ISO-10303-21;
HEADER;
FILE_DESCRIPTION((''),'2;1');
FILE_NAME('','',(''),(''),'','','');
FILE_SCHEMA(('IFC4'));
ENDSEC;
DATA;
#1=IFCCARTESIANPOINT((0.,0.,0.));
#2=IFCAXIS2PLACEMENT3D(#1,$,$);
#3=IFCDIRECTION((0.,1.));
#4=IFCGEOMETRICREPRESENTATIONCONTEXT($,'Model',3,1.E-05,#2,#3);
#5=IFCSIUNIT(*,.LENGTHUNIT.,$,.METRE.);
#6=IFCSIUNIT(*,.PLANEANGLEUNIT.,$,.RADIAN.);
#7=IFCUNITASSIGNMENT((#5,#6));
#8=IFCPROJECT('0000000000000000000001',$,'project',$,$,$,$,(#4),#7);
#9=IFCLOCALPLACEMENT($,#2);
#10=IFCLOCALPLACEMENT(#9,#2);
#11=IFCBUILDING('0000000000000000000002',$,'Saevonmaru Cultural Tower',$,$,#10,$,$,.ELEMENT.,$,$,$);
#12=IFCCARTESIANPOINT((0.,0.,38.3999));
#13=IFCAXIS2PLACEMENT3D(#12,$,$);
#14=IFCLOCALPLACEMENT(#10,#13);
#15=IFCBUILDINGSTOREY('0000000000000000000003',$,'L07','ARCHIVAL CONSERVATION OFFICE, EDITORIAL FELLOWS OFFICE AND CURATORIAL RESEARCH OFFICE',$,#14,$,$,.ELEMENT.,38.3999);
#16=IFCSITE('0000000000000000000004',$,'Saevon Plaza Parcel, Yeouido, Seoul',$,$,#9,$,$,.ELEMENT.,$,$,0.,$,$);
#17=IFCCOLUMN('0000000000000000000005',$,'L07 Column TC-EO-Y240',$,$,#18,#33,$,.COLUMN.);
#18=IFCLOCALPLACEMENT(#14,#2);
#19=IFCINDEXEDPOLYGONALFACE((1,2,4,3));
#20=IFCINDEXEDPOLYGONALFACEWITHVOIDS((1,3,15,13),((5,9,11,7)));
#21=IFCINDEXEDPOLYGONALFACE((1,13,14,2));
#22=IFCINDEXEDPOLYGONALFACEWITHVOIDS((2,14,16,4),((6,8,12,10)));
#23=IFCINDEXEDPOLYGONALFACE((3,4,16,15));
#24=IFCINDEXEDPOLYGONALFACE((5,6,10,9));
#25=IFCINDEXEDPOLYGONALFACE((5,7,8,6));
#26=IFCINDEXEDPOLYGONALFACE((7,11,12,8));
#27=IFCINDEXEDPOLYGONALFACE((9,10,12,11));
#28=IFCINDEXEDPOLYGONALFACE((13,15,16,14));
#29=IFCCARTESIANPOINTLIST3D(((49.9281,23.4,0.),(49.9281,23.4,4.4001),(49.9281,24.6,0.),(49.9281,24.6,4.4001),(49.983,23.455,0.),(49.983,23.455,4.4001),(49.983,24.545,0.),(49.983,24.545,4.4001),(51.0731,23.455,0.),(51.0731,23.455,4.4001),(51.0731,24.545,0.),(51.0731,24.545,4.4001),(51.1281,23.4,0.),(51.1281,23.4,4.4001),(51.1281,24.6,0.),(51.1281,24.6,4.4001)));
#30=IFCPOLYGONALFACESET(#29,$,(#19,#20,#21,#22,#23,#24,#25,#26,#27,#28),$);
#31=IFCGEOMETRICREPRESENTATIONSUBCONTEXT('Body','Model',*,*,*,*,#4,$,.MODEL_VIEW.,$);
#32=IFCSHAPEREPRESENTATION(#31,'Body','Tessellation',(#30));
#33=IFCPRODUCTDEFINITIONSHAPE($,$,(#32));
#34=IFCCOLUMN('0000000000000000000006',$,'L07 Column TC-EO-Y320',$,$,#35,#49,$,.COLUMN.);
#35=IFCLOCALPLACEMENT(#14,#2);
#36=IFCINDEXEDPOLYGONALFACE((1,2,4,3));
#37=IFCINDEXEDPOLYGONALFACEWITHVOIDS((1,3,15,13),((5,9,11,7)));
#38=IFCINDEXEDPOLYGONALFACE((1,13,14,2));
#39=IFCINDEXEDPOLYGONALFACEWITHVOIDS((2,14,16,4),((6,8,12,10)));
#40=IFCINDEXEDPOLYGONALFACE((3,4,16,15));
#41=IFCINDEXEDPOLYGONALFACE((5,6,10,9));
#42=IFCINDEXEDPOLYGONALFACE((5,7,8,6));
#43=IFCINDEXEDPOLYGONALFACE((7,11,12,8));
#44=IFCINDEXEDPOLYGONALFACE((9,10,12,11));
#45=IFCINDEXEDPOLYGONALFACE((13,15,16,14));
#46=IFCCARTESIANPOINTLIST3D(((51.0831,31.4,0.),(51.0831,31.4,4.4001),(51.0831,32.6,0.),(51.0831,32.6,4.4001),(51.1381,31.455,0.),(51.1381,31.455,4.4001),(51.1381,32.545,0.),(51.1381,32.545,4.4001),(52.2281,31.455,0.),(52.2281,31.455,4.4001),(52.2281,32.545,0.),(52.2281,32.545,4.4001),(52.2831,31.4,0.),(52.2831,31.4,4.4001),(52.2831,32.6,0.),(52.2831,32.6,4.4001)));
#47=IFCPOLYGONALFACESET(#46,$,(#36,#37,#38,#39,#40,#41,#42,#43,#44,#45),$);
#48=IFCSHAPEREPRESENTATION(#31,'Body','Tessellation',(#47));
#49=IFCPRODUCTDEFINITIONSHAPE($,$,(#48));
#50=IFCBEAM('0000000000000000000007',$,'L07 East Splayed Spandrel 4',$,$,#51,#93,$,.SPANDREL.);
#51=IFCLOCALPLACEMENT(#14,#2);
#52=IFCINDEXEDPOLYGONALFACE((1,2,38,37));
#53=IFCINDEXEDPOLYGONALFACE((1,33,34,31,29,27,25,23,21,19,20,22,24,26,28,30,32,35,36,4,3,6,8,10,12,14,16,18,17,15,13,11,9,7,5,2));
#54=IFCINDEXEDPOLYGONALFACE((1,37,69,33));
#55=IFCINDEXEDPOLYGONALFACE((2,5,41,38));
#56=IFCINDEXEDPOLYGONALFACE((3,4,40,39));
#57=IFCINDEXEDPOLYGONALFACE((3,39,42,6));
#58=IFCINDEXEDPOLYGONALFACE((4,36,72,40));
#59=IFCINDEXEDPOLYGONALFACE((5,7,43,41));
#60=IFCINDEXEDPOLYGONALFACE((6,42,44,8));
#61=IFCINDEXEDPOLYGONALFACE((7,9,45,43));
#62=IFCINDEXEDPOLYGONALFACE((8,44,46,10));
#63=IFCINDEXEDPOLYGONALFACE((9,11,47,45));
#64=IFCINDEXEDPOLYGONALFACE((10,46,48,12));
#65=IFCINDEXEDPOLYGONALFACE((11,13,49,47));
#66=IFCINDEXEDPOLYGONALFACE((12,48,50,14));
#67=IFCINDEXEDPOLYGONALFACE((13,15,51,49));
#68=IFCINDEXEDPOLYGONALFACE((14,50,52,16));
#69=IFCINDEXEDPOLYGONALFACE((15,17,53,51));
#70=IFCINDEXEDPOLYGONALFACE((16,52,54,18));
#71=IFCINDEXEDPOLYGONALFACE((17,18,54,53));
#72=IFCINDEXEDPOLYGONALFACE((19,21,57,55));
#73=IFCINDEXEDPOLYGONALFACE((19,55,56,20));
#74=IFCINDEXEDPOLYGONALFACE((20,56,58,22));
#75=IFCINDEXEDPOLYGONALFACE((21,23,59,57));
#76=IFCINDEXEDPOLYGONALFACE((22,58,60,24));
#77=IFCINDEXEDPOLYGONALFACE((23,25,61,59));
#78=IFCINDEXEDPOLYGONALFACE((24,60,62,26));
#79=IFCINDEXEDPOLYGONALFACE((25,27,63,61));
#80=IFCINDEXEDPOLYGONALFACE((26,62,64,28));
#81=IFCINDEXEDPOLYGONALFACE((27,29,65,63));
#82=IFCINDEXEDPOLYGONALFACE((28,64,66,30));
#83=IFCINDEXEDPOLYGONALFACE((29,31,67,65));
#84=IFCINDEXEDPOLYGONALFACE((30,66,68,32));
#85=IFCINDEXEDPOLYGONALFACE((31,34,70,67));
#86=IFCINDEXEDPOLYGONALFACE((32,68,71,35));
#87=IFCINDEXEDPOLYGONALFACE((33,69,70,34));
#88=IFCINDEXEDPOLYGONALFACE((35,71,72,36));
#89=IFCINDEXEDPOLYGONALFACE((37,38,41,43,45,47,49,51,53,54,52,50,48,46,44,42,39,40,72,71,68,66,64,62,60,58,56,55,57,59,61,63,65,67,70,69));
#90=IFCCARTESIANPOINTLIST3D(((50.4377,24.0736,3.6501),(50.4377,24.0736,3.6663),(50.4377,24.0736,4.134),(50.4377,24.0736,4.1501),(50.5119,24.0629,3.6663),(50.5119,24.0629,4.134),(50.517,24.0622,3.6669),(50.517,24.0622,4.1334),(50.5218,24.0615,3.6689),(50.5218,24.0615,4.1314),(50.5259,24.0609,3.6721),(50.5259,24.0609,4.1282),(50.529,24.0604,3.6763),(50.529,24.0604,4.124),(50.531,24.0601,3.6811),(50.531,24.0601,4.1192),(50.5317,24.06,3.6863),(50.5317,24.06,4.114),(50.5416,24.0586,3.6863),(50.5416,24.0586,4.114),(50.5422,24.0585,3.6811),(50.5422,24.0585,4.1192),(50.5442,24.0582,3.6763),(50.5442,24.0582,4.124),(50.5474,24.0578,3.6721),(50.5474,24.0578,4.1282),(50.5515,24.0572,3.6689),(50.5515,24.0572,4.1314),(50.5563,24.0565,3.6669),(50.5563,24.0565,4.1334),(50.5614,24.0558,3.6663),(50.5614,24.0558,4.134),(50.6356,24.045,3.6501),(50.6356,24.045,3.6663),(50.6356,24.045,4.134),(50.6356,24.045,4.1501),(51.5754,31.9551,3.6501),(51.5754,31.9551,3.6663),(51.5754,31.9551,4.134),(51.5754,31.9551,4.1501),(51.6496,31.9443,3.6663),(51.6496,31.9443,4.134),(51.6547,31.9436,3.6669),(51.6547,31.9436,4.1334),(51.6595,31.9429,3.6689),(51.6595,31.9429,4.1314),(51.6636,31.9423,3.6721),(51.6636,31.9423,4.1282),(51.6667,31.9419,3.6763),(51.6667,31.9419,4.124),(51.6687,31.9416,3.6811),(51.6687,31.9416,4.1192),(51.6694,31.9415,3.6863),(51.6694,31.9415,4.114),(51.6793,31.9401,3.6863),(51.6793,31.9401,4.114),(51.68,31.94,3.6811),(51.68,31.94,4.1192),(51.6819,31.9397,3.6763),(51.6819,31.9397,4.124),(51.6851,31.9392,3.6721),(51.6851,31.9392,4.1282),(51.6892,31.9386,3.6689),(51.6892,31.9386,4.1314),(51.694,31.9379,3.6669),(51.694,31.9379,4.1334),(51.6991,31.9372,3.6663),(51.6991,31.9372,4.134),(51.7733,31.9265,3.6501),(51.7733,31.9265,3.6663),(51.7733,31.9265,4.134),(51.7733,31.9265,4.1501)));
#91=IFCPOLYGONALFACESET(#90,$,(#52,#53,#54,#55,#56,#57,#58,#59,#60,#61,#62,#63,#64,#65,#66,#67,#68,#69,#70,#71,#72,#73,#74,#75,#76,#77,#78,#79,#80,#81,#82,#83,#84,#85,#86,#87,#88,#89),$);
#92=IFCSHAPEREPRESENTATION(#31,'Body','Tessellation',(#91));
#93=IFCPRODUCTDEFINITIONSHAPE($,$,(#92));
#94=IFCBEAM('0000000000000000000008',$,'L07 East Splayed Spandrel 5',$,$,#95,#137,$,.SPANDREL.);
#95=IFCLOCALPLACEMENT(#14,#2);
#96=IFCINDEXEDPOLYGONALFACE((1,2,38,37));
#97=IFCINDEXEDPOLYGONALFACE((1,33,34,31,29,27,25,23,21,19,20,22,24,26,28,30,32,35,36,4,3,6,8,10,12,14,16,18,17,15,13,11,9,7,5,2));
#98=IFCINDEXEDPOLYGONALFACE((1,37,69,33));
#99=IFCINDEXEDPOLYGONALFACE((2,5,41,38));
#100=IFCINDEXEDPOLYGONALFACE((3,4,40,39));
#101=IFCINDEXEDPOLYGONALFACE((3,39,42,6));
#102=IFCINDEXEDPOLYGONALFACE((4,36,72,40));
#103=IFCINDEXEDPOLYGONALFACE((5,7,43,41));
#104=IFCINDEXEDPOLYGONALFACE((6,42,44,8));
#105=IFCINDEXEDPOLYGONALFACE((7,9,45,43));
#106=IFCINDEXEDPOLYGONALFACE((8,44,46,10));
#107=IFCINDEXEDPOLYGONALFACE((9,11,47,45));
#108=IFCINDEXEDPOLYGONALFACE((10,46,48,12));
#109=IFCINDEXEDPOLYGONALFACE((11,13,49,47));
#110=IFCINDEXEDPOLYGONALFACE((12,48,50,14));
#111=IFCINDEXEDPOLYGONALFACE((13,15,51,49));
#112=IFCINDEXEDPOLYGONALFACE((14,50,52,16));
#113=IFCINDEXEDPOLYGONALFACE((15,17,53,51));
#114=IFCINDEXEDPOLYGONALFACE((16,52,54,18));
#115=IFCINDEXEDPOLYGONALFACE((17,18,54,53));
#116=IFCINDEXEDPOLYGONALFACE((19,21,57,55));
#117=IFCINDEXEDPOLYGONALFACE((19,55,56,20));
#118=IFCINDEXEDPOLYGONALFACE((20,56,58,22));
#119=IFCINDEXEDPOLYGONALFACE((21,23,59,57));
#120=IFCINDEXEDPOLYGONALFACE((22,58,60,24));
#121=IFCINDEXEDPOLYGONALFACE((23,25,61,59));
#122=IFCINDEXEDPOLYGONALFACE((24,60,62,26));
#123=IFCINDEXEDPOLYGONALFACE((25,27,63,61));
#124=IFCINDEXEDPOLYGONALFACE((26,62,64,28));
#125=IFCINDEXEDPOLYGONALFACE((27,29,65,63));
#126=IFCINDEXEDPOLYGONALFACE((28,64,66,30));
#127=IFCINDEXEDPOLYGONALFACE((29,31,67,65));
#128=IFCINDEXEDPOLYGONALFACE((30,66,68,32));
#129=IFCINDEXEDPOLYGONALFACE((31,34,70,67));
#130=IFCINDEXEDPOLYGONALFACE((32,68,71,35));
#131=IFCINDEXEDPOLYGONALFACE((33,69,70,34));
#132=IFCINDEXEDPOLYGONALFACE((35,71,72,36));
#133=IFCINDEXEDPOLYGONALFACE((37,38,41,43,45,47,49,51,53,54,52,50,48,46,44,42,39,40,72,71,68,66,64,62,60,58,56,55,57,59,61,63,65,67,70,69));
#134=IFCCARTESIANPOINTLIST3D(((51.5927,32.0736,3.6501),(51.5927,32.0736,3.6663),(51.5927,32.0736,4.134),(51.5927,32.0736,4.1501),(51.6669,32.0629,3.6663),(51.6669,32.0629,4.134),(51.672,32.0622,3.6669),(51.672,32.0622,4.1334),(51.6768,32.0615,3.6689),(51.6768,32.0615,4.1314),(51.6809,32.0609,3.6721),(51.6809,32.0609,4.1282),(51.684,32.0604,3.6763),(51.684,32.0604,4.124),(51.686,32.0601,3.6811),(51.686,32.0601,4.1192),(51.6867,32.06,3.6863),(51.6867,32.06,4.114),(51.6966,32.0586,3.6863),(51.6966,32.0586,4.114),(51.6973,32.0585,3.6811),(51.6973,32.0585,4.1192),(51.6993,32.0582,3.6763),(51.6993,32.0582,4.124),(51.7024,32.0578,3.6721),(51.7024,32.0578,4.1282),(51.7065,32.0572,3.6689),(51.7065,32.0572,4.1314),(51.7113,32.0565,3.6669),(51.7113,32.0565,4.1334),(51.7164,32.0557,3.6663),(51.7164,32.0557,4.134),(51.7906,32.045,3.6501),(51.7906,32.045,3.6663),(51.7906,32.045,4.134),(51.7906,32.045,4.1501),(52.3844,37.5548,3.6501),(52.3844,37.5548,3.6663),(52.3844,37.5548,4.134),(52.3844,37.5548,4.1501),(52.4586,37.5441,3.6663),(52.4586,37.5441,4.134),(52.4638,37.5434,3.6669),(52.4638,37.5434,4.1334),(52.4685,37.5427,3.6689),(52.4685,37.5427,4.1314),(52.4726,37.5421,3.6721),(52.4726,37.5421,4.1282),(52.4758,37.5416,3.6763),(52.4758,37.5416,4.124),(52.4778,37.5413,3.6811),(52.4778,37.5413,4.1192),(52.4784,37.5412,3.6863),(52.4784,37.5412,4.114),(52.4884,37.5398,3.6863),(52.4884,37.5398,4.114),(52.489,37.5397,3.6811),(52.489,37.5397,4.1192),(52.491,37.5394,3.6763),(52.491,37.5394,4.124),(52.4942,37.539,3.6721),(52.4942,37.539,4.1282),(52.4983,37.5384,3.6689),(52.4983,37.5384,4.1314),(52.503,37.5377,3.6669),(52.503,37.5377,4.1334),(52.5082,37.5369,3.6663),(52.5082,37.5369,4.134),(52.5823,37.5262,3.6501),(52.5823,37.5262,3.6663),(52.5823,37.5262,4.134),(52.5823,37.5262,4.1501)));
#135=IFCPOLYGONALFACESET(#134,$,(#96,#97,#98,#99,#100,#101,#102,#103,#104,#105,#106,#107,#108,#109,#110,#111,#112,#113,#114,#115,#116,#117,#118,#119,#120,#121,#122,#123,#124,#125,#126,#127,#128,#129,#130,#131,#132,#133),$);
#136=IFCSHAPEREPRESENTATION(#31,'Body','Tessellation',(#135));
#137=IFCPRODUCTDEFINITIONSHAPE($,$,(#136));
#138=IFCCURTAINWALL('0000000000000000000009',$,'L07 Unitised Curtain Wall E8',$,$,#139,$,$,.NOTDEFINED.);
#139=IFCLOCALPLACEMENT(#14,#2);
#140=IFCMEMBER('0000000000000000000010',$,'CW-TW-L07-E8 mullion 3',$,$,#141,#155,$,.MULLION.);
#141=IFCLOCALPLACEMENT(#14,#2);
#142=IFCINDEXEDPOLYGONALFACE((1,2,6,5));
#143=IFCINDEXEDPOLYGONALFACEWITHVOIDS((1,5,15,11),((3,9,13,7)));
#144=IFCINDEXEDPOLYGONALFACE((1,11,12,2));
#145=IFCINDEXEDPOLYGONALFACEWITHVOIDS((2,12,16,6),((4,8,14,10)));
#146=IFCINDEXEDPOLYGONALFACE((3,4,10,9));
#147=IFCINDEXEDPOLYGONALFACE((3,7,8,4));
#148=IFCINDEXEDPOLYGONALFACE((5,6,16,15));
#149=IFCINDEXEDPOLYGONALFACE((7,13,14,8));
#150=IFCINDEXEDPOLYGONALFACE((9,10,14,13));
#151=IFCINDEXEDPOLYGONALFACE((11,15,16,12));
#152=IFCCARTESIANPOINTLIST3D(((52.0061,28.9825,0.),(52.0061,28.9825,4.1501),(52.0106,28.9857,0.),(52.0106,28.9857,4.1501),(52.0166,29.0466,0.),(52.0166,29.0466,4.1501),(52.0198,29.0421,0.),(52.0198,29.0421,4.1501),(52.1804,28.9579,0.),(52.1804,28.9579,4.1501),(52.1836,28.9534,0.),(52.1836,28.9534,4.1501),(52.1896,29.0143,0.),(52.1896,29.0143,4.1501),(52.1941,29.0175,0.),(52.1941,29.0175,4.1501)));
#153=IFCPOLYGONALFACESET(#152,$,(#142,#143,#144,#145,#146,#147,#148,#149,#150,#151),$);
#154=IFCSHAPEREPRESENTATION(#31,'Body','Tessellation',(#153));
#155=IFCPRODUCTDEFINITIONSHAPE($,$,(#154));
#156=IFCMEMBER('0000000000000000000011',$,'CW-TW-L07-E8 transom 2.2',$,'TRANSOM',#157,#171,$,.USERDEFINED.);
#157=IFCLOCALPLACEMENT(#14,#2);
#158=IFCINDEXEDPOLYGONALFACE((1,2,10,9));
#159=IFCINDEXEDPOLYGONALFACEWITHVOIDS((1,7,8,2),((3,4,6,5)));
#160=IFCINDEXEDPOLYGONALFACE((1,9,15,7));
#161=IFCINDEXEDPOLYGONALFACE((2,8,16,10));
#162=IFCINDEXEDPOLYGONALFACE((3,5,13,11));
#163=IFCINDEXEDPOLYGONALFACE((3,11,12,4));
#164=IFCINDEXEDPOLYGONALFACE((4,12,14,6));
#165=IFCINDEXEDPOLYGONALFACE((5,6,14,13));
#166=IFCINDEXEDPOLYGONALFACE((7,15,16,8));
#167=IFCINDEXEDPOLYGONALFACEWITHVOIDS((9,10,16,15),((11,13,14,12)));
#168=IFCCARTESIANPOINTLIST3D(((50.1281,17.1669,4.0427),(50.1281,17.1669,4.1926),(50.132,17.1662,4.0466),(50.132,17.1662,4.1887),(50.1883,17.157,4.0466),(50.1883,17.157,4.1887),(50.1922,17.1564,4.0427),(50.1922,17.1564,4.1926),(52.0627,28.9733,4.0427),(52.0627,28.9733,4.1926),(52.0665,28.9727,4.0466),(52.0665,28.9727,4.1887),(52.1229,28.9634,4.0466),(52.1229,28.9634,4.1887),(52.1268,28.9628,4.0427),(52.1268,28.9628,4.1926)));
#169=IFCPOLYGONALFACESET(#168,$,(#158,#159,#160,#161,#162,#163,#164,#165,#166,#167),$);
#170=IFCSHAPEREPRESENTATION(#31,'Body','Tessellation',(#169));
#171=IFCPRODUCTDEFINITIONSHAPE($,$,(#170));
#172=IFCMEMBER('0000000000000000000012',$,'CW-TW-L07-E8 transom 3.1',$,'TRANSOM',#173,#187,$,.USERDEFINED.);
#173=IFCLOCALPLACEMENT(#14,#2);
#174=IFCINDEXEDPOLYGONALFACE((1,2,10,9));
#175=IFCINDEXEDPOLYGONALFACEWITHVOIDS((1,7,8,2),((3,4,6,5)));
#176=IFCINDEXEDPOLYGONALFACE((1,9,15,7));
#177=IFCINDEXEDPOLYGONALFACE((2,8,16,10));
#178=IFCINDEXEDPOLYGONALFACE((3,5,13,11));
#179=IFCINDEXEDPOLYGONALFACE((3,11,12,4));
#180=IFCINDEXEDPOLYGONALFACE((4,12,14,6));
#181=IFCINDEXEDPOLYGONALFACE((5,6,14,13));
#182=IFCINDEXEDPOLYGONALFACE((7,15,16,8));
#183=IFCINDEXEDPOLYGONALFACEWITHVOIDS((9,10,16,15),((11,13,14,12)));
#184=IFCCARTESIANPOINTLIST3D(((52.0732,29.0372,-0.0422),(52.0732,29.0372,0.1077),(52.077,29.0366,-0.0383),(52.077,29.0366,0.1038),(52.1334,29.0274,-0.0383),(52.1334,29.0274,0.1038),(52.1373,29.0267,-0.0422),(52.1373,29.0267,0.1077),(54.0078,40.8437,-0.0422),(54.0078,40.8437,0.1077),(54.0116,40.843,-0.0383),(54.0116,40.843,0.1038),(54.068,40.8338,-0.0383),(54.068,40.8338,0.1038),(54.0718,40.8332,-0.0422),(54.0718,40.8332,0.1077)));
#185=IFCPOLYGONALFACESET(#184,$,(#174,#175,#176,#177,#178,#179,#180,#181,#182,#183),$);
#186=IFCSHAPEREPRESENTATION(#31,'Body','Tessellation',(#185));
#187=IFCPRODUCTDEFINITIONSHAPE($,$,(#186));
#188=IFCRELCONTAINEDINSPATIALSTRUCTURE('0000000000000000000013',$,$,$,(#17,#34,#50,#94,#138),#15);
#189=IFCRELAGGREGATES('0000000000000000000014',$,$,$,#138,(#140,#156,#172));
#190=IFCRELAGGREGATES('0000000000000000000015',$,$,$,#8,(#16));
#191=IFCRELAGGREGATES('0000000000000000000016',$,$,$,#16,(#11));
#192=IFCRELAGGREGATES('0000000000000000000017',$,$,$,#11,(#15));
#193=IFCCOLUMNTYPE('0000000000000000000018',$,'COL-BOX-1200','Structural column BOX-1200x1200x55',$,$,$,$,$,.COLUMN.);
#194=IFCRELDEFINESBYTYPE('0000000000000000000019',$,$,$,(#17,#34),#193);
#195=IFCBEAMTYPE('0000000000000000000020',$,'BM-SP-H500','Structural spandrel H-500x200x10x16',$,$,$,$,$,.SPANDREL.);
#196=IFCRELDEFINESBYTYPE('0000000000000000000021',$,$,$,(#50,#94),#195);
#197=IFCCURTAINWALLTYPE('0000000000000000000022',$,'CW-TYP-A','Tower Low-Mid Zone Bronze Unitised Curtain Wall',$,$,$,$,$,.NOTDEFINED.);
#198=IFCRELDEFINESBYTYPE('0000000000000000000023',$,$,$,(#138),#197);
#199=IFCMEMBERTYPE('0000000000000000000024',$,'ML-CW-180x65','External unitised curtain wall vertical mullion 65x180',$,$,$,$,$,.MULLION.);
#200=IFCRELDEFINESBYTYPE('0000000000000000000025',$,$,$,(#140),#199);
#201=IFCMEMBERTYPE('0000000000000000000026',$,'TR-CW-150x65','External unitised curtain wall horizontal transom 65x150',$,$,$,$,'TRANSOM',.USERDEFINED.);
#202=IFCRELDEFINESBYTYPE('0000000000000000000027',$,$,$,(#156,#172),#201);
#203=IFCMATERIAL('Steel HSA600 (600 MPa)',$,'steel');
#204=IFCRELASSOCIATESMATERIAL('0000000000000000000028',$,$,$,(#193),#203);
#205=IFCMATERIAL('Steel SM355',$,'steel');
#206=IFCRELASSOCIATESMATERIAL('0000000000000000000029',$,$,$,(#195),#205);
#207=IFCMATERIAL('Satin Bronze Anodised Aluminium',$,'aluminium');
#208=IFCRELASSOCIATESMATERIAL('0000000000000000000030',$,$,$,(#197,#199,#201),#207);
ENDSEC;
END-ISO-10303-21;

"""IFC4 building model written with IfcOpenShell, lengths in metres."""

from ifc_helpers import new_model, si_unit, direction, frame, origin, origin_2d, place, context, subcontext, project, spatial, hollow_rectangle, i_section, extrude, material, material_profile, profile_set, type_object, element, aggregate, save


model = new_model("IFC4")

# Units and contexts
model_context = context("Model", 3, precision=1e-05, world=origin(), true_north=direction((0.0, 1.0)))
body_context = subcontext(model_context, "Body", "Model", "MODEL_VIEW")
ifc_project = project(units=[si_unit("LENGTHUNIT", "METRE"), si_unit("PLANEANGLEUNIT", "RADIAN")], contexts=[model_context])

# Site, building, storey
site_placement = place(None, origin())
site = spatial("IfcSite", under=ifc_project, at=site_placement, Name="Saevon Plaza Parcel, Yeouido, Seoul", CompositionType="ELEMENT", RefElevation=0.0)
building_placement = place(site_placement, origin())
building = spatial("IfcBuilding", under=site, at=building_placement, Name="Saevonmaru Cultural Tower", CompositionType="ELEMENT")
storey_placement = place(building_placement, frame((0.0, 0.0, 38.3999)))
storey = spatial("IfcBuildingStorey", under=building, at=storey_placement, Name="L07", Description="ARCHIVAL CONSERVATION OFFICE, EDITORIAL FELLOWS OFFICE AND CURATORIAL RESEARCH OFFICE", CompositionType="ELEMENT", Elevation=38.3999)

# Columns
ifc_material_1 = material(Name="Steel HSA600 (600 MPa)", Category="steel")
ifc_material_profile_1 = material_profile(ifc_material_1, hollow_rectangle(XDim=1.2, YDim=1.2, WallThickness=0.0549, at=origin_2d()), Name="BOX-1200x1200x55")
ifc_profile_set_1 = profile_set([ifc_material_profile_1], Name="Steel HSA600 (600 MPa)")
column_type = type_object("IfcColumnType", Name="COL-BOX-1200", Description="Structural column BOX-1200x1200x55", PredefinedType="COLUMN", material=ifc_profile_set_1)
for number, where, z_axis, x_axis, name in (
    (1, (50.5281, 24.0, 0.0), (0.0, 0.0, 1.0), (1.0, 0.0, 0.0), "L07 Column TC-EO-Y240"),
    (2, (51.6831, 32.0, 0.0), (0.0, 0.0, 1.0), (1.0, 0.0, 0.0), "L07 Column TC-EO-Y320"),
):
    element("IfcColumn", number, at=place(storey_placement, frame(where, z_axis=z_axis, x_axis=x_axis)), inside=storey, type_object=column_type, Name=name, PredefinedType="COLUMN", context=body_context, shape_type="SweptSolid", body=[
        extrude(hollow_rectangle(XDim=1.2, YDim=1.2, WallThickness=0.0549, at=origin_2d()), origin(), (0.0, 0.0, 1.0), 4.4001),
    ])

# Beams
ifc_material_2 = material(Name="Steel SM355", Category="steel")
ifc_material_profile_2 = material_profile(ifc_material_2, i_section(OverallWidth=0.2, OverallDepth=0.5, WebThickness=0.01, FlangeThickness=0.0161, FilletRadius=0.02, at=origin_2d()), Name="H-500x200x10x16")
ifc_profile_set_2 = profile_set([ifc_material_profile_2], Name="Steel SM355")
beam_type = type_object("IfcBeamType", Name="BM-SP-H500", Description="Structural spandrel H-500x200x10x16", PredefinedType="SPANDREL", material=ifc_profile_set_2)
beam_1_placement = place(storey_placement, frame((50.5366, 24.0593, 3.9001), z_axis=(0.142872, 0.989741, 0.0), x_axis=(-0.989741, 0.142872, 0.0)))
element("IfcBeam", 3, at=beam_1_placement, inside=storey, type_object=beam_type, Name="L07 East Splayed Spandrel 4", PredefinedType="SPANDREL", context=body_context, shape_type="SweptSolid", body=[
    extrude(i_section(OverallWidth=0.2, OverallDepth=0.5, WebThickness=0.01, FlangeThickness=0.0161, FilletRadius=0.02, at=origin_2d()), origin(), (0.0, 0.0, 1.0), 7.9631),
])
beam_2_placement = place(storey_placement, frame((51.6917, 32.0593, 3.9001), z_axis=(0.142964, 0.989728, 0.0), x_axis=(-0.989728, 0.142964, 0.0)))
element("IfcBeam", 4, at=beam_2_placement, inside=storey, type_object=beam_type, Name="L07 East Splayed Spandrel 5", PredefinedType="SPANDREL", context=body_context, shape_type="SweptSolid", body=[
    extrude(i_section(OverallWidth=0.2, OverallDepth=0.5, WebThickness=0.01, FlangeThickness=0.0161, FilletRadius=0.02, at=origin_2d()), origin(), (0.0, 0.0, 1.0), 5.5381),
])

# Curtain wall, members
ifc_material_3 = material(Name="Satin Bronze Anodised Aluminium", Category="aluminium")
curtain_wall_type = type_object("IfcCurtainWallType", Name="CW-TYP-A", Description="Tower Low-Mid Zone Bronze Unitised Curtain Wall", PredefinedType="NOTDEFINED", material=ifc_material_3)
curtain_wall_placement = place(storey_placement, origin())
curtain_wall = element("IfcCurtainWall", 5, at=curtain_wall_placement, inside=storey, type_object=curtain_wall_type, Name="L07 Unitised Curtain Wall E8", PredefinedType="NOTDEFINED")
ifc_material_profile_3 = material_profile(ifc_material_3, hollow_rectangle(XDim=0.0649, YDim=0.1799, WallThickness=0.0039, at=origin_2d()), Name="ALU-MULL-180x65x4")
ifc_profile_set_3 = profile_set([ifc_material_profile_3], Name="Satin Bronze Anodised Aluminium")
member_type_1 = type_object("IfcMemberType", Name="ML-CW-180x65", Description="External unitised curtain wall vertical mullion 65x180", PredefinedType="MULLION", material=ifc_profile_set_3)
member_1_placement = place(storey_placement, frame((52.1001, 29.0, 0.0), z_axis=(0.0, 0.0, 1.0), x_axis=(0.161709, 0.986839, 0.0)))
member_1 = element("IfcMember", 6, at=member_1_placement, type_object=member_type_1, Name="CW-TW-L07-E8 mullion 3", PredefinedType="MULLION", context=body_context, shape_type="SweptSolid", body=[
    extrude(hollow_rectangle(XDim=0.0649, YDim=0.1799, WallThickness=0.0039, at=origin_2d()), origin(), (0.0, 0.0, 1.0), 4.1501),
])
ifc_material_profile_4 = material_profile(ifc_material_3, hollow_rectangle(XDim=0.0649, YDim=0.1499, WallThickness=0.0039, at=origin_2d()), Name="ALU-TRAN-150x65x4")
ifc_profile_set_4 = profile_set([ifc_material_profile_4], Name="Satin Bronze Anodised Aluminium")
member_type_2 = type_object("IfcMemberType", Name="TR-CW-150x65", Description="External unitised curtain wall horizontal transom 65x150", ElementType="TRANSOM", PredefinedType="USERDEFINED", material=ifc_profile_set_4)
member_2_placement = place(storey_placement, frame((50.1602, 17.1616, 4.1177), z_axis=(0.161701, 0.98684, 0.0), x_axis=(-0.98684, 0.161701, 0.0)))
member_2 = element("IfcMember", 7, at=member_2_placement, type_object=member_type_2, Name="CW-TW-L07-E8 transom 2.2", ObjectType="TRANSOM", PredefinedType="USERDEFINED", context=body_context, shape_type="SweptSolid", body=[
    extrude(hollow_rectangle(XDim=0.0649, YDim=0.1499, WallThickness=0.0039, at=origin_2d()), origin(), (0.0, 0.0, 1.0), 11.9639),
])
member_3_placement = place(storey_placement, frame((52.1052, 29.032, 0.0327), z_axis=(0.161701, 0.98684, 0.0), x_axis=(-0.98684, 0.161701, 0.0)))
member_3 = element("IfcMember", 8, at=member_3_placement, type_object=member_type_2, Name="CW-TW-L07-E8 transom 3.1", ObjectType="TRANSOM", PredefinedType="USERDEFINED", context=body_context, shape_type="SweptSolid", body=[
    extrude(hollow_rectangle(XDim=0.0649, YDim=0.1499, WallThickness=0.0039, at=origin_2d()), origin(), (0.0, 0.0, 1.0), 11.9639),
])

aggregate(curtain_wall, [member_1, member_2, member_3])

save(model, "model.ifc")
